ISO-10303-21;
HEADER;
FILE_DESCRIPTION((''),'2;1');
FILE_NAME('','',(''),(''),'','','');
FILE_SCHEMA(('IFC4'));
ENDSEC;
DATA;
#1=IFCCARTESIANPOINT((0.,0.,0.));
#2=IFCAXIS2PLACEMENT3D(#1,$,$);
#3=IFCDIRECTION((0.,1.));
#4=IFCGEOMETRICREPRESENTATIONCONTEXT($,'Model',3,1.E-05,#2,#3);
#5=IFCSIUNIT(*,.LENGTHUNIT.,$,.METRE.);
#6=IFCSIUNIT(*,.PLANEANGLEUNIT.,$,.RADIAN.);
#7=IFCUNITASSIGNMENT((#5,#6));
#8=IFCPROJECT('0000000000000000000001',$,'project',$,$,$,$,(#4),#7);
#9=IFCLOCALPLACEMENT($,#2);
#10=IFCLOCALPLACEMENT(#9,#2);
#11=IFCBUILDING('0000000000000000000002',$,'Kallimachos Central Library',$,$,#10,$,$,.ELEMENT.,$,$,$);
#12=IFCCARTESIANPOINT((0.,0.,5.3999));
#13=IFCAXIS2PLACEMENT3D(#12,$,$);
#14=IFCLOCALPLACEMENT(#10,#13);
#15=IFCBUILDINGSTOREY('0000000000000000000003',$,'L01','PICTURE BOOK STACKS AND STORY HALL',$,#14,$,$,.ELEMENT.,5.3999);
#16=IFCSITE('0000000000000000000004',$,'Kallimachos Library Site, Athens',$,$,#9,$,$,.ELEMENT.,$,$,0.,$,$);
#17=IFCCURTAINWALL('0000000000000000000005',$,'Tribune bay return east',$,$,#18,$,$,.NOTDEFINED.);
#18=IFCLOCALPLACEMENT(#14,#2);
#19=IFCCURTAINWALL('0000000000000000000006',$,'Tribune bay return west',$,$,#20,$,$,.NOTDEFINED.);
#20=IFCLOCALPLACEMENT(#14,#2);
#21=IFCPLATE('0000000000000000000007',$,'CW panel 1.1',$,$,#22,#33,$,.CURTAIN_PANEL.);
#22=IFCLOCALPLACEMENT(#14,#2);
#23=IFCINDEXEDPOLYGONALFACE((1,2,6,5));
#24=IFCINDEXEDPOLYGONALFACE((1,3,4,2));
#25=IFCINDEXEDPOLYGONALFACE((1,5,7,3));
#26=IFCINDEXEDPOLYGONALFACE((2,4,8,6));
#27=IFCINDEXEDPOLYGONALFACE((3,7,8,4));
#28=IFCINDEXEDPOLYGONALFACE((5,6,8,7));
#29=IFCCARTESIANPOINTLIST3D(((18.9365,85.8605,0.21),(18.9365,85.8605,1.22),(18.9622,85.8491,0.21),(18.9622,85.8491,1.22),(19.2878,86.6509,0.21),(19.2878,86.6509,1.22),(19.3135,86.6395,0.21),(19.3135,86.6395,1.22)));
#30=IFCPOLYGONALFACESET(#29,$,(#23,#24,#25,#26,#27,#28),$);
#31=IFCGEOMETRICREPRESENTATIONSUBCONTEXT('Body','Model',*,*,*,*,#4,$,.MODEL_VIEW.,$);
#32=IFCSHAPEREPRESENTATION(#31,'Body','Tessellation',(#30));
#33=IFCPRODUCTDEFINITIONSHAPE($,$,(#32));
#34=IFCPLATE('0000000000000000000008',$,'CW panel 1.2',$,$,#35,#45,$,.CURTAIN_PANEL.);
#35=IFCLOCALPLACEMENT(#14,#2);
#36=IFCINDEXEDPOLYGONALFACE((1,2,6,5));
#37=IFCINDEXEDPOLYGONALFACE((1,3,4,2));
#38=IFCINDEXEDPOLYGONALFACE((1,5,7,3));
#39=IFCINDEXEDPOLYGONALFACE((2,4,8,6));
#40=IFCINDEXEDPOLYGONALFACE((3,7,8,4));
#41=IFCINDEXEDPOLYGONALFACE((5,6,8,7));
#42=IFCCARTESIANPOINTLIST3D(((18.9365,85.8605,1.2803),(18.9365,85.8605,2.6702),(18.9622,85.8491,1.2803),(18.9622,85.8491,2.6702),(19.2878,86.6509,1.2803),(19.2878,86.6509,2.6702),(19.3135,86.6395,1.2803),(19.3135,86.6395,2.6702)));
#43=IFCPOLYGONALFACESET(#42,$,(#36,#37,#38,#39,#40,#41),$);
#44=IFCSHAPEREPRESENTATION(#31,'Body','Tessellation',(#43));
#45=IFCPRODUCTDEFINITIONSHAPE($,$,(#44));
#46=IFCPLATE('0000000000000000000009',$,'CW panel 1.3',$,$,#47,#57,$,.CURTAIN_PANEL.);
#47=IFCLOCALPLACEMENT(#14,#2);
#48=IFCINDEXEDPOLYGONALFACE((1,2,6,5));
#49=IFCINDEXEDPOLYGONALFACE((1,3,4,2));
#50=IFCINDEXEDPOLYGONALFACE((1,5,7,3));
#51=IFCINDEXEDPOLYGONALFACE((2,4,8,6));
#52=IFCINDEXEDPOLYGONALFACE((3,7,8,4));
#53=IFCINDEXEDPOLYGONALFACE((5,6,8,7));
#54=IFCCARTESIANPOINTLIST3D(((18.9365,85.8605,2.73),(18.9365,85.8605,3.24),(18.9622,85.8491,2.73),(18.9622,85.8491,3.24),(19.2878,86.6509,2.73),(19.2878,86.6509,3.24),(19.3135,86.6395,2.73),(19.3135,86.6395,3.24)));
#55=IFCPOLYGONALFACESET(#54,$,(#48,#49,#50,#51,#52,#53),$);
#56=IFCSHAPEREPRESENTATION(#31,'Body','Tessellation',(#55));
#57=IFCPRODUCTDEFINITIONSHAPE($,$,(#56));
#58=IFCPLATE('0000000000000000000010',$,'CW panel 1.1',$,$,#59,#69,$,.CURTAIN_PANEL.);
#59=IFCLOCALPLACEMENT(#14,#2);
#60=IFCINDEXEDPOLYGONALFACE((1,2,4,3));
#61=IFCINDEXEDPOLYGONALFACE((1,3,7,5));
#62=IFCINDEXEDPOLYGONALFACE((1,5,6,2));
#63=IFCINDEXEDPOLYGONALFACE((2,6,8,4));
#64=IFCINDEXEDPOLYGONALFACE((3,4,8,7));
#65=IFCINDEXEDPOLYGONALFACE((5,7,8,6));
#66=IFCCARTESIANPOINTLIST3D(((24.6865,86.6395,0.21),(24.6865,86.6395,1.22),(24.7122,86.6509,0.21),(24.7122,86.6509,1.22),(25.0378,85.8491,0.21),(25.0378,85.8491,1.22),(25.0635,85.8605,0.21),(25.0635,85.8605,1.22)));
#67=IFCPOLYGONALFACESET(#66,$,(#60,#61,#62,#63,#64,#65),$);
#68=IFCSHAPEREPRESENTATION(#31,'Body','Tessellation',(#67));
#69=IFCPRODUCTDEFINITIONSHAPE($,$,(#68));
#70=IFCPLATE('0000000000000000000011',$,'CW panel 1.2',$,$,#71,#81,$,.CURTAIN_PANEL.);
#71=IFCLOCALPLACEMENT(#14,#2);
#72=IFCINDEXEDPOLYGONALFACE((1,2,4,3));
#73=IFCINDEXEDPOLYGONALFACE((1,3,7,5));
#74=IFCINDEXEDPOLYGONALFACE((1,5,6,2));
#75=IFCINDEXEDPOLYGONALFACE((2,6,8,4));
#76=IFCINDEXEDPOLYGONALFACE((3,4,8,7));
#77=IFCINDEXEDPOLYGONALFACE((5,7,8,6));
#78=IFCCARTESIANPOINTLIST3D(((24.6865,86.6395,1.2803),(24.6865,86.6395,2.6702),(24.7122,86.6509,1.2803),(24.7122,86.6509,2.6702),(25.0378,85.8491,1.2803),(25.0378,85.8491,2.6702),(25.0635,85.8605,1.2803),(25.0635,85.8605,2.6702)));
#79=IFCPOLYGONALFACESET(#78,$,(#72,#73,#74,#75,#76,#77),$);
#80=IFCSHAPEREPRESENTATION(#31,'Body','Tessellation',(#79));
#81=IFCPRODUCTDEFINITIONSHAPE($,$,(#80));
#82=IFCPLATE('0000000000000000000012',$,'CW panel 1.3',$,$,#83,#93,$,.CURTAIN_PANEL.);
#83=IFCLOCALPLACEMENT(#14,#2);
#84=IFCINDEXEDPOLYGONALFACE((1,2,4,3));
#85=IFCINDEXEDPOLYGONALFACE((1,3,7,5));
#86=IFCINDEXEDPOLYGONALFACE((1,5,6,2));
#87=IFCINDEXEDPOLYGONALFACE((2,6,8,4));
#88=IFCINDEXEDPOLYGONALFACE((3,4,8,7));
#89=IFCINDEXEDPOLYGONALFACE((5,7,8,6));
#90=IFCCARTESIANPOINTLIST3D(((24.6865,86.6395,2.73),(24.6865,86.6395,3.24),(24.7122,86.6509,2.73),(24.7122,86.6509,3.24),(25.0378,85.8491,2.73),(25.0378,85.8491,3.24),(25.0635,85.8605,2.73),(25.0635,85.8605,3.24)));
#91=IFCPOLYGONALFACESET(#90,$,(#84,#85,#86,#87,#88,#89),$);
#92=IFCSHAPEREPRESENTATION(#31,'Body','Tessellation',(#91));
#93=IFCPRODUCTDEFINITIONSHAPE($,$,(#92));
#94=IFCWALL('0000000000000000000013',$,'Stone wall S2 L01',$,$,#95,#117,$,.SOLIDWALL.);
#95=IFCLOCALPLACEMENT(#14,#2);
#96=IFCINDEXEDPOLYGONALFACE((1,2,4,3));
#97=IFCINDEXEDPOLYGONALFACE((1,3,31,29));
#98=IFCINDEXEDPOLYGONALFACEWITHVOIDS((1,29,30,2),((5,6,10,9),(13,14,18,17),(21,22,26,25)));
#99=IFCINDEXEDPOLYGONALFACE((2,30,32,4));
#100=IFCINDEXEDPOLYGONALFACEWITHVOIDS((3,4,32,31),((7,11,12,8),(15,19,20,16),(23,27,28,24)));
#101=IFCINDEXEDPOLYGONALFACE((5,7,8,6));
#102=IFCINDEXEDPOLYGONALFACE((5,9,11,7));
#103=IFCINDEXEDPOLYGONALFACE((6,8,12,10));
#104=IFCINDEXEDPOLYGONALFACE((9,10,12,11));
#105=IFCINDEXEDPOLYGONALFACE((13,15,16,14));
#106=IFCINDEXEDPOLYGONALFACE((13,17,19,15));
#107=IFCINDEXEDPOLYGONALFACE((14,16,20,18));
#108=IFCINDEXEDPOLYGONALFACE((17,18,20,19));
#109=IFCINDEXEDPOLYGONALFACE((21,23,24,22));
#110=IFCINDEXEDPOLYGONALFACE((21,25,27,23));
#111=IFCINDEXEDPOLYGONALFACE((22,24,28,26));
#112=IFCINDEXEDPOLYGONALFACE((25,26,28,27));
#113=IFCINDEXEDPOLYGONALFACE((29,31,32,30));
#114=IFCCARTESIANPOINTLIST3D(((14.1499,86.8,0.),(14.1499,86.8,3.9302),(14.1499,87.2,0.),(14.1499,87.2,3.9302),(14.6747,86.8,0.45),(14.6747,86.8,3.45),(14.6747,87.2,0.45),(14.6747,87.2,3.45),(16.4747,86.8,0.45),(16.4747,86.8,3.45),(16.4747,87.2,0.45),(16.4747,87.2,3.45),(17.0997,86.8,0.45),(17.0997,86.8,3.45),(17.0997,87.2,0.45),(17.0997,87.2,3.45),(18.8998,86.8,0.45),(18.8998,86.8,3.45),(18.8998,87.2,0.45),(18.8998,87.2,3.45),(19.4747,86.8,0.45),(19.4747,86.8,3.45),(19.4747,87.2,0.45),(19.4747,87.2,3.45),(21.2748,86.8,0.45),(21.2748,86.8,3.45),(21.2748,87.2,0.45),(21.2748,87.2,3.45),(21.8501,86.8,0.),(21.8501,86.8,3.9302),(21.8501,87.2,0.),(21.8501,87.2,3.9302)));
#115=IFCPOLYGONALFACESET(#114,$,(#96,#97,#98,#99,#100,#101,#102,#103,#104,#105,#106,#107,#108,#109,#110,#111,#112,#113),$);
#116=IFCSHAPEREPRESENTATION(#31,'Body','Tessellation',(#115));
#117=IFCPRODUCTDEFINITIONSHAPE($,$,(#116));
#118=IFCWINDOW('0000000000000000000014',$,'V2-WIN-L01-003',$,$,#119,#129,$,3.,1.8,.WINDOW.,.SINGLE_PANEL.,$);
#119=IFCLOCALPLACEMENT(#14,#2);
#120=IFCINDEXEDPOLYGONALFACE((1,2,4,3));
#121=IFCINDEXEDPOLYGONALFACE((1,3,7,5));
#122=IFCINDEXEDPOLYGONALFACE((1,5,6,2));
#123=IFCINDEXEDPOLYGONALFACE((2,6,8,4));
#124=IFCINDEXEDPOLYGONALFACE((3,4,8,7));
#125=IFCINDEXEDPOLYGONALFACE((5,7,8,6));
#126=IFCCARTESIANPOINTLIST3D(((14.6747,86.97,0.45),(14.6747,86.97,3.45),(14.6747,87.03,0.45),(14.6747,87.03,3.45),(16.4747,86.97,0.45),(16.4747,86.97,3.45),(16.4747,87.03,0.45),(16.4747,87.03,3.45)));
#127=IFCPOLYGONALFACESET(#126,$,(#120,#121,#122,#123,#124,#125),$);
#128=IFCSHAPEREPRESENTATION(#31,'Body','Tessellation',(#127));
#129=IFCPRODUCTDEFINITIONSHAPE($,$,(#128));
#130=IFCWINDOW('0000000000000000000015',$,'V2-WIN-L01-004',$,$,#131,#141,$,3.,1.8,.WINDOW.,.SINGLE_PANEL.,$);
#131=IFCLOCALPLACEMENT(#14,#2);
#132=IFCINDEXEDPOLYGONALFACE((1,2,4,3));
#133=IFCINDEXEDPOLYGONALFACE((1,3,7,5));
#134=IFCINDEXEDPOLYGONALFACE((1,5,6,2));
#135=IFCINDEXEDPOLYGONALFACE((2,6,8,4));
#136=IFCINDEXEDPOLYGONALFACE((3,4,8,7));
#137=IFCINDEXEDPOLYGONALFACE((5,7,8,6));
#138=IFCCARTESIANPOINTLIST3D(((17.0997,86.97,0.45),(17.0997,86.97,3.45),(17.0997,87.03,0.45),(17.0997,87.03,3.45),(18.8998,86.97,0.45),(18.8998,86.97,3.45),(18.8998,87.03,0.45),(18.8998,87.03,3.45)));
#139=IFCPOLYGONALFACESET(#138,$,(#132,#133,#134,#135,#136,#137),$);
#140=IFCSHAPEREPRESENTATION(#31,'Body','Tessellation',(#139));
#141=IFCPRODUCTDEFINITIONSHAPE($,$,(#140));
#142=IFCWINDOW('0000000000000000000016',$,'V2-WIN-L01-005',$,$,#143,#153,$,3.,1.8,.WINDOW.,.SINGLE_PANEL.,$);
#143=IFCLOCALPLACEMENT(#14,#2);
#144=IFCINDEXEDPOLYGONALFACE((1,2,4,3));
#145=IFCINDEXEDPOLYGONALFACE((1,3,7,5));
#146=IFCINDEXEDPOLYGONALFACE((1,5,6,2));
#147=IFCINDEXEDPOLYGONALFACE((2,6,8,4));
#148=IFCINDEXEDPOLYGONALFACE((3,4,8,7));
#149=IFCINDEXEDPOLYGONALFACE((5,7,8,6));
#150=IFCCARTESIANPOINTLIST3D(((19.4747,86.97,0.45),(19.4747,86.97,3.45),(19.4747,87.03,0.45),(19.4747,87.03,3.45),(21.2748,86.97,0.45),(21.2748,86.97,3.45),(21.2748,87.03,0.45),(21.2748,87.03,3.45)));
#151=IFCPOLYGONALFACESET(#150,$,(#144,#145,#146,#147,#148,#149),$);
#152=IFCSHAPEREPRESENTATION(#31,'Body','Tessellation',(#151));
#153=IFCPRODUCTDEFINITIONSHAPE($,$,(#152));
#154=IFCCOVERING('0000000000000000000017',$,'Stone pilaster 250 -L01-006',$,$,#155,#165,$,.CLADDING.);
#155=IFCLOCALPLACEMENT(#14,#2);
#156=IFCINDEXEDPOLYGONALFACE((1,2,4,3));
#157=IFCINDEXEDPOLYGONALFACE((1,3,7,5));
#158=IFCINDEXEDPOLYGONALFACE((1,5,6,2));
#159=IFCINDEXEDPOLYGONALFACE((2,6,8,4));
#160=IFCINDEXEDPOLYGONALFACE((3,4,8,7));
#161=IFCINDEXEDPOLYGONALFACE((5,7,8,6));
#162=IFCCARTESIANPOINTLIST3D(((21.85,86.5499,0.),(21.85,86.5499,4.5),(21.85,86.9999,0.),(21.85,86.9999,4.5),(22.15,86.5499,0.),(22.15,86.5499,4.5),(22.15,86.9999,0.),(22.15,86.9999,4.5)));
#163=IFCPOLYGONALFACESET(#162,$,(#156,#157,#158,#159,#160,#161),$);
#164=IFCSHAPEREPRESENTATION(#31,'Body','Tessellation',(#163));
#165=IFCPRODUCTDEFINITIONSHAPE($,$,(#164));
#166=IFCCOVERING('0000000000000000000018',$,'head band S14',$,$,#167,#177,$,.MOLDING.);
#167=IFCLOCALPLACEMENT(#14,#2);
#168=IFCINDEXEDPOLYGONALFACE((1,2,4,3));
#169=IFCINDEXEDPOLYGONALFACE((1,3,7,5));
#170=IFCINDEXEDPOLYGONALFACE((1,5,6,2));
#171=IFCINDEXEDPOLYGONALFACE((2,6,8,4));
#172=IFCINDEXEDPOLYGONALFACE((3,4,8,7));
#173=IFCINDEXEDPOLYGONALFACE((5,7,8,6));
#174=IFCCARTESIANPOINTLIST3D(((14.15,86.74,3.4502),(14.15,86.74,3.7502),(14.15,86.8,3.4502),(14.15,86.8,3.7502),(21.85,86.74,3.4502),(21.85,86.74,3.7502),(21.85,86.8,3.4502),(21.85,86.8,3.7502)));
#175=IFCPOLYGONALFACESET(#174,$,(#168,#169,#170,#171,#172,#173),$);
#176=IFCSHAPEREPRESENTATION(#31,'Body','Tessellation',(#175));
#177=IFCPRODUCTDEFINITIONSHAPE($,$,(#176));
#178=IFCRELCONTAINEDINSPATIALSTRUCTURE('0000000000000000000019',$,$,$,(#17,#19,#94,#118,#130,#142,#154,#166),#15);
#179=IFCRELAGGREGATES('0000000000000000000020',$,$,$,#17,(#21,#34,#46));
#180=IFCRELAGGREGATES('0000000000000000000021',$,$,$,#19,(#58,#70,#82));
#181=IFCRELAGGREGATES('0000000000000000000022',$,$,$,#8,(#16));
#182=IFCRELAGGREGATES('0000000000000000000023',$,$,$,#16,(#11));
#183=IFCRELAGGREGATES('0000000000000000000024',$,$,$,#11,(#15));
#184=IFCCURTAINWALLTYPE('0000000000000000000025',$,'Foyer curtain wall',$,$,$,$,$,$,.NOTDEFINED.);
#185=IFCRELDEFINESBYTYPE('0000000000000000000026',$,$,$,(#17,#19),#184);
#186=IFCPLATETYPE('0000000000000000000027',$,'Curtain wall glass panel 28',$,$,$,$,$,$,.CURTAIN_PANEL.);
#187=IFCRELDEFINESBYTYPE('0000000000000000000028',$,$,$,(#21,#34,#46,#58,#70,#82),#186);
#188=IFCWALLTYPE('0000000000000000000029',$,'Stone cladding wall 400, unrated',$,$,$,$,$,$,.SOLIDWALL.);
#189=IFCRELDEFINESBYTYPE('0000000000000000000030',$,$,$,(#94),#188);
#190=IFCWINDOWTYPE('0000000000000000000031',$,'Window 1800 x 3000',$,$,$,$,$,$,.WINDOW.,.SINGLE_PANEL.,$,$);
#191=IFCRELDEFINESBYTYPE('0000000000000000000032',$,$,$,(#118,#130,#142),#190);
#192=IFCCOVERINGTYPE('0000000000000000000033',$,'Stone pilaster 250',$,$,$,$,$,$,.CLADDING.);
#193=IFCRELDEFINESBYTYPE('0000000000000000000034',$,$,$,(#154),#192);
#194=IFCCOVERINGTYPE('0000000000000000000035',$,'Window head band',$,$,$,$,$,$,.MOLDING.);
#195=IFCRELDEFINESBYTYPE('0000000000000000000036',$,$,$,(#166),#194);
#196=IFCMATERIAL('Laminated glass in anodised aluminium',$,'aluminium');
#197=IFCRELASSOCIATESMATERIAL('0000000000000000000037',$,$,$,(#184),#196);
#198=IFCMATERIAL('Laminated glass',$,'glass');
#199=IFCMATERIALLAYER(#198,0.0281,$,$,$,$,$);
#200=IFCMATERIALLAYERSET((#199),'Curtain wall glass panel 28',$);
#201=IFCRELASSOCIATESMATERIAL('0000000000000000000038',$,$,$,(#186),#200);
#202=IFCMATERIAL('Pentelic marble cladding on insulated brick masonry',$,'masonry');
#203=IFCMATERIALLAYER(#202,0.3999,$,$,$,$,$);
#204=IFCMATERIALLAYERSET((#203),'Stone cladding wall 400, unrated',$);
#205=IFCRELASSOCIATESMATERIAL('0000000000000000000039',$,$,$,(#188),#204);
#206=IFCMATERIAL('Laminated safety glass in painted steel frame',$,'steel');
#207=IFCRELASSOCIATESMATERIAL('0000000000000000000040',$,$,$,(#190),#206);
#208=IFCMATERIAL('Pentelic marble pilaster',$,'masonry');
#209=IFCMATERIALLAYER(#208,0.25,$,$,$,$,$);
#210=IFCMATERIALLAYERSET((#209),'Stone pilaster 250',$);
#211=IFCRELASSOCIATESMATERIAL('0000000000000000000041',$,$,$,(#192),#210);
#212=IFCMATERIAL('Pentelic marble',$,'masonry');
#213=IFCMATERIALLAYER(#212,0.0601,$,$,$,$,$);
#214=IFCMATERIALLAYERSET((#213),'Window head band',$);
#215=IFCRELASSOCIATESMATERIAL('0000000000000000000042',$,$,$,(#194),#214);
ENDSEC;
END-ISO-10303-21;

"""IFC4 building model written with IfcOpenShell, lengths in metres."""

from ifc_helpers import new_model, si_unit, direction, frame, frame_2d, origin, origin_2d, place, context, subcontext, project, spatial, rectangle, extrude, material, layer, layer_set, type_object, element, fill, aggregate, save


model = new_model("IFC4")

# Units and contexts
model_context = context("Model", 3, precision=1e-05, world=origin(), true_north=direction((0.0, 1.0)))
body_context = subcontext(model_context, "Body", "Model", "MODEL_VIEW")
ifc_project = project(units=[si_unit("LENGTHUNIT", "METRE"), si_unit("PLANEANGLEUNIT", "RADIAN")], contexts=[model_context])

# Site, building, storey
site_placement = place(None, origin())
site = spatial("IfcSite", under=ifc_project, at=site_placement, Name="Kallimachos Library Site, Athens", CompositionType="ELEMENT", RefElevation=0.0)
building_placement = place(site_placement, origin())
building = spatial("IfcBuilding", under=site, at=building_placement, Name="Kallimachos Central Library", CompositionType="ELEMENT")
storey_placement = place(building_placement, frame((0.0, 0.0, 5.3999)))
storey = spatial("IfcBuildingStorey", under=building, at=storey_placement, Name="L01", Description="PICTURE BOOK STACKS AND STORY HALL", CompositionType="ELEMENT", Elevation=5.3999)

# Curtain walls
ifc_material_1 = material(Name="Laminated glass in anodised aluminium", Category="aluminium")
curtain_wall_type = type_object("IfcCurtainWallType", Name="Foyer curtain wall", PredefinedType="NOTDEFINED", material=ifc_material_1)
curtain_wall_1_placement = place(storey_placement, origin())
curtain_wall_1 = element("IfcCurtainWall", 1, at=curtain_wall_1_placement, inside=storey, type_object=curtain_wall_type, Name="Tribune bay return east", PredefinedType="NOTDEFINED")
curtain_wall_2_placement = place(storey_placement, origin())
curtain_wall_2 = element("IfcCurtainWall", 2, at=curtain_wall_2_placement, inside=storey, type_object=curtain_wall_type, Name="Tribune bay return west", PredefinedType="NOTDEFINED")

# Plates
ifc_material_2 = material(Name="Laminated glass", Category="glass")
ifc_layer_1 = layer(ifc_material_2, 0.0281)
ifc_layer_set_1 = layer_set([ifc_layer_1], Name="Curtain wall glass panel 28")
plate_type = type_object("IfcPlateType", Name="Curtain wall glass panel 28", PredefinedType="CURTAIN_PANEL", material=ifc_layer_set_1)
plate_1_placement = place(storey_placement, frame((19.125, 86.25, 0.21), z_axis=(0.0, 0.0, 1.0), x_axis=(0.406138, 0.913812, 0.0)))
plate_1 = element("IfcPlate", 3, at=plate_1_placement, type_object=plate_type, Name="CW panel 1.1", PredefinedType="CURTAIN_PANEL", context=body_context, shape_type="SweptSolid", body=[
    extrude(rectangle(XDim=0.865, YDim=0.0281, at=origin_2d()), origin(), (0.0, 0.0, 1.0), 1.01),
])
plate_2_placement = place(storey_placement, frame((19.125, 86.25, 1.2803), z_axis=(0.0, 0.0, 1.0), x_axis=(0.406138, 0.913812, 0.0)))
plate_2 = element("IfcPlate", 4, at=plate_2_placement, type_object=plate_type, Name="CW panel 1.2", PredefinedType="CURTAIN_PANEL", context=body_context, shape_type="SweptSolid", body=[
    extrude(rectangle(XDim=0.865, YDim=0.0281, at=origin_2d()), origin(), (0.0, 0.0, 1.0), 1.3899),
])
plate_3_placement = place(storey_placement, frame((19.125, 86.25, 2.73), z_axis=(0.0, 0.0, 1.0), x_axis=(0.406138, 0.913812, 0.0)))
plate_3 = element("IfcPlate", 5, at=plate_3_placement, type_object=plate_type, Name="CW panel 1.3", PredefinedType="CURTAIN_PANEL", context=body_context, shape_type="SweptSolid", body=[
    extrude(rectangle(XDim=0.865, YDim=0.0281, at=origin_2d()), origin(), (0.0, 0.0, 1.0), 0.51),
])
aggregate(curtain_wall_1, [plate_1, plate_2, plate_3])
plate_4_placement = place(storey_placement, frame((24.875, 86.25, 0.21), z_axis=(0.0, 0.0, 1.0), x_axis=(0.406138, -0.913812, 0.0)))
plate_4 = element("IfcPlate", 6, at=plate_4_placement, type_object=plate_type, Name="CW panel 1.1", PredefinedType="CURTAIN_PANEL", context=body_context, shape_type="SweptSolid", body=[
    extrude(rectangle(XDim=0.865, YDim=0.0281, at=origin_2d()), origin(), (0.0, 0.0, 1.0), 1.01),
])
plate_5_placement = place(storey_placement, frame((24.875, 86.25, 1.2803), z_axis=(0.0, 0.0, 1.0), x_axis=(0.406138, -0.913812, 0.0)))
plate_5 = element("IfcPlate", 7, at=plate_5_placement, type_object=plate_type, Name="CW panel 1.2", PredefinedType="CURTAIN_PANEL", context=body_context, shape_type="SweptSolid", body=[
    extrude(rectangle(XDim=0.865, YDim=0.0281, at=origin_2d()), origin(), (0.0, 0.0, 1.0), 1.3899),
])
plate_6_placement = place(storey_placement, frame((24.875, 86.25, 2.73), z_axis=(0.0, 0.0, 1.0), x_axis=(0.406138, -0.913812, 0.0)))
plate_6 = element("IfcPlate", 8, at=plate_6_placement, type_object=plate_type, Name="CW panel 1.3", PredefinedType="CURTAIN_PANEL", context=body_context, shape_type="SweptSolid", body=[
    extrude(rectangle(XDim=0.865, YDim=0.0281, at=origin_2d()), origin(), (0.0, 0.0, 1.0), 0.51),
])
aggregate(curtain_wall_2, [plate_4, plate_5, plate_6])

# Wall, openings, windows
ifc_material_3 = material(Name="Pentelic marble cladding on insulated brick masonry", Category="masonry")
ifc_layer_2 = layer(ifc_material_3, 0.3999)
ifc_layer_set_2 = layer_set([ifc_layer_2], Name="Stone cladding wall 400, unrated")
wall_type = type_object("IfcWallType", Name="Stone cladding wall 400, unrated", PredefinedType="SOLIDWALL", material=ifc_layer_set_2)
wall_placement = place(storey_placement, frame((14.1499, 87.0, 0.0), z_axis=(0.0, 0.0, 1.0), x_axis=(1.0, 0.0, 0.0)))
wall = element("IfcWall", 9, at=wall_placement, inside=storey, type_object=wall_type, Name="Stone wall S2 L01", PredefinedType="SOLIDWALL", context=body_context, shape_type="SweptSolid", body=[
    extrude(rectangle(XDim=7.7002, YDim=0.3999, at=frame_2d((3.8501, 0.0))), origin(), (0.0, 0.0, 1.0), 3.9302),
])
opening_1_placement = place(wall_placement, frame((0.5249, 0.0, 0.45)))
opening_1 = element("IfcOpeningElement", 10, at=opening_1_placement, cuts=wall, PredefinedType="OPENING", context=body_context, shape_type="SweptSolid", body=[
    extrude(rectangle(XDim=1.8, YDim=3.0, at=frame_2d((0.8999, 1.5))), frame((0.0, 0.21, 0.0), z_axis=(0.0, -1.0, 0.0), x_axis=(1.0, 0.0, 0.0)), (0.0, 0.0, 1.0), 0.4199),
])
opening_2_placement = place(wall_placement, frame((2.95, 0.0, 0.45)))
opening_2 = element("IfcOpeningElement", 11, at=opening_2_placement, cuts=wall, PredefinedType="OPENING", context=body_context, shape_type="SweptSolid", body=[
    extrude(rectangle(XDim=1.8, YDim=3.0, at=frame_2d((0.8999, 1.5))), frame((0.0, 0.21, 0.0), z_axis=(0.0, -1.0, 0.0), x_axis=(1.0, 0.0, 0.0)), (0.0, 0.0, 1.0), 0.4199),
])
opening_3_placement = place(wall_placement, frame((5.325, 0.0, 0.45)))
opening_3 = element("IfcOpeningElement", 12, at=opening_3_placement, cuts=wall, PredefinedType="OPENING", context=body_context, shape_type="SweptSolid", body=[
    extrude(rectangle(XDim=1.8, YDim=3.0, at=frame_2d((0.8999, 1.5))), frame((0.0, 0.21, 0.0), z_axis=(0.0, -1.0, 0.0), x_axis=(1.0, 0.0, 0.0)), (0.0, 0.0, 1.0), 0.4199),
])
ifc_material_4 = material(Name="Laminated safety glass in painted steel frame", Category="steel")
window_type = type_object("IfcWindowType", Name="Window 1800 x 3000", PartitioningType="SINGLE_PANEL", PredefinedType="WINDOW", material=ifc_material_4)
window_1_placement = place(opening_1_placement, origin())
window_1 = element("IfcWindow", 13, at=window_1_placement, inside=storey, type_object=window_type, Name="V2-WIN-L01-003", OverallHeight=3.0, OverallWidth=1.8, PartitioningType="SINGLE_PANEL", PredefinedType="WINDOW", context=body_context, shape_type="SweptSolid", body=[
    extrude(rectangle(XDim=1.8, YDim=3.0, at=frame_2d((0.8999, 1.5))), frame((0.0, 0.03, 0.0), z_axis=(0.0, -1.0, 0.0), x_axis=(1.0, 0.0, 0.0)), (0.0, 0.0, 1.0), 0.0601),
])
fill(opening_1, window_1)
window_2_placement = place(opening_2_placement, origin())
window_2 = element("IfcWindow", 14, at=window_2_placement, inside=storey, type_object=window_type, Name="V2-WIN-L01-004", OverallHeight=3.0, OverallWidth=1.8, PartitioningType="SINGLE_PANEL", PredefinedType="WINDOW", context=body_context, shape_type="SweptSolid", body=[
    extrude(rectangle(XDim=1.8, YDim=3.0, at=frame_2d((0.8999, 1.5))), frame((0.0, 0.03, 0.0), z_axis=(0.0, -1.0, 0.0), x_axis=(1.0, 0.0, 0.0)), (0.0, 0.0, 1.0), 0.0601),
])
fill(opening_2, window_2)
window_3_placement = place(opening_3_placement, origin())
window_3 = element("IfcWindow", 15, at=window_3_placement, inside=storey, type_object=window_type, Name="V2-WIN-L01-005", OverallHeight=3.0, OverallWidth=1.8, PartitioningType="SINGLE_PANEL", PredefinedType="WINDOW", context=body_context, shape_type="SweptSolid", body=[
    extrude(rectangle(XDim=1.8, YDim=3.0, at=frame_2d((0.8999, 1.5))), frame((0.0, 0.03, 0.0), z_axis=(0.0, -1.0, 0.0), x_axis=(1.0, 0.0, 0.0)), (0.0, 0.0, 1.0), 0.0601),
])
fill(opening_3, window_3)

# Coverings
ifc_material_5 = material(Name="Pentelic marble pilaster", Category="masonry")
ifc_layer_3 = layer(ifc_material_5, 0.25)
ifc_layer_set_3 = layer_set([ifc_layer_3], Name="Stone pilaster 250")
covering_type_1 = type_object("IfcCoveringType", Name="Stone pilaster 250", PredefinedType="CLADDING", material=ifc_layer_set_3)
covering_placement = place(storey_placement, frame((22.0, 86.7749, 0.0), z_axis=(0.0, 0.0, 1.0), x_axis=(1.0, 0.0, 0.0)))
element("IfcCovering", 16, at=covering_placement, inside=storey, type_object=covering_type_1, Name="Stone pilaster 250 -L01-006", PredefinedType="CLADDING", context=body_context, shape_type="SweptSolid", body=[
    extrude(rectangle(XDim=0.3, YDim=0.45, at=origin_2d()), origin(), (0.0, 0.0, 1.0), 4.5),
])
ifc_material_6 = material(Name="Pentelic marble", Category="masonry")
ifc_layer_4 = layer(ifc_material_6, 0.0601)
ifc_layer_set_4 = layer_set([ifc_layer_4], Name="Window head band")
covering_type_2 = type_object("IfcCoveringType", Name="Window head band", PredefinedType="MOLDING", material=ifc_layer_set_4)
for number, where, z_axis, x_axis, name in (
    (17, (18.0, 86.77, 3.4502), (0.0, 0.0, 1.0), (1.0, 0.0, 0.0), "head band S14"),
):
    element("IfcCovering", number, at=place(storey_placement, frame(where, z_axis=z_axis, x_axis=x_axis)), inside=storey, type_object=covering_type_2, Name=name, PredefinedType="MOLDING", context=body_context, shape_type="SweptSolid", body=[
        extrude(rectangle(XDim=7.7, YDim=0.0601, at=origin_2d()), origin(), (0.0, 0.0, 1.0), 0.3),
    ])

save(model, "model.ifc")
